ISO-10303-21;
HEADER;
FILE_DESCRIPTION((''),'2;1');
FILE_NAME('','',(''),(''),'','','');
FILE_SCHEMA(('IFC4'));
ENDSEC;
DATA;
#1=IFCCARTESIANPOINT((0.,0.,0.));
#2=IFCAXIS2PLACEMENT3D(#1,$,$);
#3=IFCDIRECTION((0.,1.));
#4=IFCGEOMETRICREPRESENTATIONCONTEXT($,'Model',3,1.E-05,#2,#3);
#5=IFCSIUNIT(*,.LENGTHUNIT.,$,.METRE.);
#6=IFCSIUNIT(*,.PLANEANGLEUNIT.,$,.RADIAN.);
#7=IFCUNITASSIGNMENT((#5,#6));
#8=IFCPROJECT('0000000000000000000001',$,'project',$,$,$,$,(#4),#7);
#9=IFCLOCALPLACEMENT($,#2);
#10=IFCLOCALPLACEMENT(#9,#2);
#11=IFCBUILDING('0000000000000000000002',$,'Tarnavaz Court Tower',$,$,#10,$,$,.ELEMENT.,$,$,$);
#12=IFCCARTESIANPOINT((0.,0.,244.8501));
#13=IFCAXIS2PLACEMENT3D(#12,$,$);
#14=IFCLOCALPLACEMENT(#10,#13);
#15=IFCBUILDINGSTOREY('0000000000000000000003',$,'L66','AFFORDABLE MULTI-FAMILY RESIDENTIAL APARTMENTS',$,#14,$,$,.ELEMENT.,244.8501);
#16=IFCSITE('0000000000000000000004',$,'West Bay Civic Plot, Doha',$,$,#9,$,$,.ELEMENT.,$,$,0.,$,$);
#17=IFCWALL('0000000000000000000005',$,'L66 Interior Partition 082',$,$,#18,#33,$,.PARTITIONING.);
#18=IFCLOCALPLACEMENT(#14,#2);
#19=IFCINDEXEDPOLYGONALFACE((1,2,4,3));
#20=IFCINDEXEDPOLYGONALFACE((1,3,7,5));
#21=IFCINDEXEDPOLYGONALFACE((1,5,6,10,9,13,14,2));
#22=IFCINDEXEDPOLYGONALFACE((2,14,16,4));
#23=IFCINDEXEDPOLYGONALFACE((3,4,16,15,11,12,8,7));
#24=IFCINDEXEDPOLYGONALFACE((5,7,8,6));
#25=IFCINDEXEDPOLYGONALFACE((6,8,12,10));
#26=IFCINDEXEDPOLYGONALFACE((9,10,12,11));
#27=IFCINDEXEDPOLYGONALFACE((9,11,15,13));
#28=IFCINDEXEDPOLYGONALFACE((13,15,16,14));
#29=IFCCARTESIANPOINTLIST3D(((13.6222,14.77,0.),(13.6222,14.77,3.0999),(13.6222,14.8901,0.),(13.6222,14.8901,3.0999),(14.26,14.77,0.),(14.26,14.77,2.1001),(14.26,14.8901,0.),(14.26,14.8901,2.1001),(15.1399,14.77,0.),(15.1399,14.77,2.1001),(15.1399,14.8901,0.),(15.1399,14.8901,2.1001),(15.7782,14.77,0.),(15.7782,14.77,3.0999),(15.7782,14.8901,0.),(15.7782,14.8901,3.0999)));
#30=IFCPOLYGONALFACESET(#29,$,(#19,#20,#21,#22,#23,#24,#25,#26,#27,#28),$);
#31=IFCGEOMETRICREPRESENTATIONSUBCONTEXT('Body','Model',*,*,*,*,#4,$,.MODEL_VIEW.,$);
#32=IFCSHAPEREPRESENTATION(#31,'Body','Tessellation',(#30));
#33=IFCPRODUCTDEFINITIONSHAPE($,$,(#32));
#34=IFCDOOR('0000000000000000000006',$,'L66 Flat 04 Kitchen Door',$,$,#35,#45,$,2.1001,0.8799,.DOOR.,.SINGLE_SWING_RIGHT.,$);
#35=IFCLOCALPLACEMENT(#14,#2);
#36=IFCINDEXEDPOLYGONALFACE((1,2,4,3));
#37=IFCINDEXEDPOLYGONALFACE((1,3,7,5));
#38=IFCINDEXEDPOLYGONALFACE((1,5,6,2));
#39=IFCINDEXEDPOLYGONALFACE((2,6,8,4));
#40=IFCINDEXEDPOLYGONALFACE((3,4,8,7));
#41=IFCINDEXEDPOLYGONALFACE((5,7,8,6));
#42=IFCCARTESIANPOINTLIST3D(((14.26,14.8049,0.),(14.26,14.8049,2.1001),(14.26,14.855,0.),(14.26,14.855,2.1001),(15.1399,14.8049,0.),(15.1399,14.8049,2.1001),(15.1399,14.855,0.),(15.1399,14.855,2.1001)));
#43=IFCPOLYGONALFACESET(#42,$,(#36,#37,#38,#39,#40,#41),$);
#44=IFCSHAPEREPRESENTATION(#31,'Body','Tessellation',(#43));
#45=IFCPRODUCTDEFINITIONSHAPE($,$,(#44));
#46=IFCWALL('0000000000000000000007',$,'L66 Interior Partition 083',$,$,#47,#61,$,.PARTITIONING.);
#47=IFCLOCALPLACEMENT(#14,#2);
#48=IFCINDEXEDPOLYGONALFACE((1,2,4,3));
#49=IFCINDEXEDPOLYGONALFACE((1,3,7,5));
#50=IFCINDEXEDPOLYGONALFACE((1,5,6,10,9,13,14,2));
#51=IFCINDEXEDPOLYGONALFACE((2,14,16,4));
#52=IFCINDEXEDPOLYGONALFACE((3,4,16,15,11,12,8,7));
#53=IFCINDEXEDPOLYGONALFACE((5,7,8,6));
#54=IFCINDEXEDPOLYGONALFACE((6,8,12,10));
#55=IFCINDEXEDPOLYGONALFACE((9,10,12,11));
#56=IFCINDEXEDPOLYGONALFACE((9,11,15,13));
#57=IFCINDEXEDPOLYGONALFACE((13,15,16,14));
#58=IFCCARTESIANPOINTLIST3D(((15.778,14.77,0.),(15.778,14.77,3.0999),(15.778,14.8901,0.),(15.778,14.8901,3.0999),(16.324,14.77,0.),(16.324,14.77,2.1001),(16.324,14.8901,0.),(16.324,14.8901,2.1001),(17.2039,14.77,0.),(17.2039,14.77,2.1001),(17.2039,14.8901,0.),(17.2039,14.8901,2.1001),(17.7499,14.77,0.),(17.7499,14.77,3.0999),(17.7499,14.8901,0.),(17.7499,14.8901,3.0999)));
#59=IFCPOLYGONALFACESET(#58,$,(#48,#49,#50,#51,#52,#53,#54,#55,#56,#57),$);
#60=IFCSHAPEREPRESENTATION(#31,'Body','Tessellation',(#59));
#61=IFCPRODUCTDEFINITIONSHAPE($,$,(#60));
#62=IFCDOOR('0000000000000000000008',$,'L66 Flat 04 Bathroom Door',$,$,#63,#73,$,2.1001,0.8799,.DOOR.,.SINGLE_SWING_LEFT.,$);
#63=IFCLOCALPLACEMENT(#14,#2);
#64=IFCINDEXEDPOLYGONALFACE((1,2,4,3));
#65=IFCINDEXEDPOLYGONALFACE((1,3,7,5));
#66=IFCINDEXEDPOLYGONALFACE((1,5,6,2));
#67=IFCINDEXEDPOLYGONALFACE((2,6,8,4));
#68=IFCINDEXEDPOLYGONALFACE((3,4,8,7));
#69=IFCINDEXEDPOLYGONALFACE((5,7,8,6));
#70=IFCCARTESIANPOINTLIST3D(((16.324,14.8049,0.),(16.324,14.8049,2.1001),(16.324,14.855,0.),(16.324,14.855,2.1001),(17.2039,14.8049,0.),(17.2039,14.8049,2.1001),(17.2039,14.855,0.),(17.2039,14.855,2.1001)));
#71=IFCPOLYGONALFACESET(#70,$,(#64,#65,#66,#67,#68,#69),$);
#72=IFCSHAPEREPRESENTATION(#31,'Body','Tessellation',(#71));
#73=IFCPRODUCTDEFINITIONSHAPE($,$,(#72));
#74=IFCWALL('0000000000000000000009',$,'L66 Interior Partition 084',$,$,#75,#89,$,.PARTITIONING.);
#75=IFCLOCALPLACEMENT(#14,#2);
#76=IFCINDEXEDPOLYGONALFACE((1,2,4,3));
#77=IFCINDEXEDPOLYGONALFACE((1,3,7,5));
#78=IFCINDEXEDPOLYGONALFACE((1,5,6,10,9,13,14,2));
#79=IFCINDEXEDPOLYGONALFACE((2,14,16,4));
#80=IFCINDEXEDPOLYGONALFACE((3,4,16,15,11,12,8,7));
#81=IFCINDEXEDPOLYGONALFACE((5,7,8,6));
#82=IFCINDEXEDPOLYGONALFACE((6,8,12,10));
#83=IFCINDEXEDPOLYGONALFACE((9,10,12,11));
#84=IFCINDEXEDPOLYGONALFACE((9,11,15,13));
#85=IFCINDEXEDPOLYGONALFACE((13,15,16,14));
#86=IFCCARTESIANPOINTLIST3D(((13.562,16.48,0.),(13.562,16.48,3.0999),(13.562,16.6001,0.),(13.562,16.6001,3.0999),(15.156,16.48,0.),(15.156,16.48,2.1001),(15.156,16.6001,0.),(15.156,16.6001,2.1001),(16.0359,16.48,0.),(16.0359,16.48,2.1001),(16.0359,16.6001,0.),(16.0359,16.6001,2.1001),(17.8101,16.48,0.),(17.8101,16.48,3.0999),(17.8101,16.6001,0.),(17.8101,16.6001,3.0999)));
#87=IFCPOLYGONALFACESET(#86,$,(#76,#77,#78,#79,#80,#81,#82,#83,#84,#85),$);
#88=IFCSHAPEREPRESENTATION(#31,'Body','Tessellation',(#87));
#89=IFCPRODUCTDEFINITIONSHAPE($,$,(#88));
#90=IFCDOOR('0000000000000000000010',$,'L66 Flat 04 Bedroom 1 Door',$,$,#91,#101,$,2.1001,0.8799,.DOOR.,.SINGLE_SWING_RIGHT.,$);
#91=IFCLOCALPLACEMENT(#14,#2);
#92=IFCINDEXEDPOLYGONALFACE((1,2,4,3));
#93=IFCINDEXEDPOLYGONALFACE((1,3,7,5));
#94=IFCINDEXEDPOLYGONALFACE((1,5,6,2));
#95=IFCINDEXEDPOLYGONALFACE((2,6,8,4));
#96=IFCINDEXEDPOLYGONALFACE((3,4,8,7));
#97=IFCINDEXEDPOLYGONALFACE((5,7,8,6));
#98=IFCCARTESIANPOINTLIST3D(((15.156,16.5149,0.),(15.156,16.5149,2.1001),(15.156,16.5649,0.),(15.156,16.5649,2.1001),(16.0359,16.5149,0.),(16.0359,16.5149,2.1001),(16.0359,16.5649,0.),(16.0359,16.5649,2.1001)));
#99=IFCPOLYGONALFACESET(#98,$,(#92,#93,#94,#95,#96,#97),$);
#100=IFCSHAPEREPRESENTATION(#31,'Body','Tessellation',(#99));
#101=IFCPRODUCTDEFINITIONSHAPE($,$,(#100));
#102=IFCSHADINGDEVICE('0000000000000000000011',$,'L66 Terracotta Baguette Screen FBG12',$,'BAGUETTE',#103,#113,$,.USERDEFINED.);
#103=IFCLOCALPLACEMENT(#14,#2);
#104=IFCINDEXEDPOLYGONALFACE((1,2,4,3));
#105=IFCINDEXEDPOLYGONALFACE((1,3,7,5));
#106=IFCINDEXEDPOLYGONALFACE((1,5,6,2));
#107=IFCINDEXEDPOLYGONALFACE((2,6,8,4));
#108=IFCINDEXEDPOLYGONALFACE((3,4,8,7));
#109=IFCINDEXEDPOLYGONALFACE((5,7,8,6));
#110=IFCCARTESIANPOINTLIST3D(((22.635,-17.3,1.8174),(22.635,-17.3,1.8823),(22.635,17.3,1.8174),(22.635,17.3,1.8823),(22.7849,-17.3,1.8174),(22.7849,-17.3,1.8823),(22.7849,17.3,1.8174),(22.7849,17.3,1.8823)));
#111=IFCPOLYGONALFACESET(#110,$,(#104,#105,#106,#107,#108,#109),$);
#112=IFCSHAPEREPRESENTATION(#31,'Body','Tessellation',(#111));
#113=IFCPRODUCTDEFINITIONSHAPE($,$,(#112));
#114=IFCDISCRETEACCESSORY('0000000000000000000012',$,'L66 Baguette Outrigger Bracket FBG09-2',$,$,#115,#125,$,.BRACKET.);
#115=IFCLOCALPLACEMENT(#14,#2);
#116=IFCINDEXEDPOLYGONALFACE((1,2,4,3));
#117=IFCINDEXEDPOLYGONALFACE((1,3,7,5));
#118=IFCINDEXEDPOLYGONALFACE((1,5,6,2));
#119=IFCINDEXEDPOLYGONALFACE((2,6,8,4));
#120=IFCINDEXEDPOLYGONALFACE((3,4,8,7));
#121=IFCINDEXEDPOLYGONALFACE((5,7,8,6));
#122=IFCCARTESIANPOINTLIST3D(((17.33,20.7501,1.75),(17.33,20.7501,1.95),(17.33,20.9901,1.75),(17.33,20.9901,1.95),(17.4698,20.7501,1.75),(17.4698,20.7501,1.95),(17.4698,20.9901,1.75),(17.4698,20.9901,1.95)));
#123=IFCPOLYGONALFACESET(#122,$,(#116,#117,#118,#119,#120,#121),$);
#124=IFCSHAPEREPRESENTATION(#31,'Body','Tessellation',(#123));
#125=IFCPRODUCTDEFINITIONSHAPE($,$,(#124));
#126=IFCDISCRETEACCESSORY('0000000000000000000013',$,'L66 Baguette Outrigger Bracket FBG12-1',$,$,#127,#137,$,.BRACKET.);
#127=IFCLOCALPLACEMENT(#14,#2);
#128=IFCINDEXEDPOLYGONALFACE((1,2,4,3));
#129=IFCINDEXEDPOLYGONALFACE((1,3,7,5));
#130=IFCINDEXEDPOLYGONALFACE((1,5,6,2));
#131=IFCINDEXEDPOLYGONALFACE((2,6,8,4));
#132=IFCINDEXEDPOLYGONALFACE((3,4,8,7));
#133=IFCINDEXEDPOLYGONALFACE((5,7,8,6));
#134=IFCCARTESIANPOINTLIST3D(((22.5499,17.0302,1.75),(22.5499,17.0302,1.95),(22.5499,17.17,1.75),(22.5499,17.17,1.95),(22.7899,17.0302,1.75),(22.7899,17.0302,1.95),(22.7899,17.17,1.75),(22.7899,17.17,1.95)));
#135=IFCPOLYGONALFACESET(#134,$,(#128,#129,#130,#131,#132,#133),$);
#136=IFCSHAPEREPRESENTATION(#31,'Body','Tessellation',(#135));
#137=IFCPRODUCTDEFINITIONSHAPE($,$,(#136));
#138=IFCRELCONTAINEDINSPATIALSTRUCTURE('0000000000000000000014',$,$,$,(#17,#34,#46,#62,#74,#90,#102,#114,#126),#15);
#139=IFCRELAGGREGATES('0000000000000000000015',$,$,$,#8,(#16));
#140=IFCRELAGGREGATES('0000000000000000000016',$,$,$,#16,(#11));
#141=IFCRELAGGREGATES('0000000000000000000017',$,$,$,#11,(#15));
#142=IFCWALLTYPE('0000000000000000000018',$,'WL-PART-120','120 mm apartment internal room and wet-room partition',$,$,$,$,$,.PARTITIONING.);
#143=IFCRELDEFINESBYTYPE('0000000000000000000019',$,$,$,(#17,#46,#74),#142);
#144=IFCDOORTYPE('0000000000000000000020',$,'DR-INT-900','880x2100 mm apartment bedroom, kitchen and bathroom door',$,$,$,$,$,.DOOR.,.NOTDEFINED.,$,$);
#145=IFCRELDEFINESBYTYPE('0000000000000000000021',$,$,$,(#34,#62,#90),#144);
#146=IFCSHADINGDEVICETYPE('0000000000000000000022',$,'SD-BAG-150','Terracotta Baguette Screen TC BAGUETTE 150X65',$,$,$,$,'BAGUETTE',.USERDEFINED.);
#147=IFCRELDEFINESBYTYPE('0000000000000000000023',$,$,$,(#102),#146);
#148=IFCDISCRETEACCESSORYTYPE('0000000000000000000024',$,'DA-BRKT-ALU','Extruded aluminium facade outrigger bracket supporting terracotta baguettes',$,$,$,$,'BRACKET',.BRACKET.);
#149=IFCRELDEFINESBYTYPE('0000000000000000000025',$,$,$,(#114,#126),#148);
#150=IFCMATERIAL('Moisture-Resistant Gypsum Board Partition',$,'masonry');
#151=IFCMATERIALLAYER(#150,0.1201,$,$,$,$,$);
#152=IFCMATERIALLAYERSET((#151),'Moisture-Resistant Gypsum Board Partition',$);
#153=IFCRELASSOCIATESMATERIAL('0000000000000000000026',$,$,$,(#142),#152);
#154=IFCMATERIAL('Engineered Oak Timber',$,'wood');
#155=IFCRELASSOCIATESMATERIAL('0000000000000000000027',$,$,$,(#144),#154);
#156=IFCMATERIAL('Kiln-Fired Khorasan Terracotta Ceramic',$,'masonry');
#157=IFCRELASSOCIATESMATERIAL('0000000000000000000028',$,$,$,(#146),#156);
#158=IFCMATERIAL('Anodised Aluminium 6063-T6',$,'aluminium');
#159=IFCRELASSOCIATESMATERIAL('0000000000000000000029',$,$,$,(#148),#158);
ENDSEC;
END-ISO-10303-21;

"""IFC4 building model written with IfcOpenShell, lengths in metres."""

from ifc_helpers import new_model, si_unit, direction, frame, frame_2d, origin, origin_2d, place, context, subcontext, project, spatial, rectangle, extrude, material, layer, layer_set, material_profile, profile_set, type_object, element, fill, save


model = new_model("IFC4")

# Units and contexts
model_context = context("Model", 3, precision=1e-05, world=origin(), true_north=direction((0.0, 1.0)))
body_context = subcontext(model_context, "Body", "Model", "MODEL_VIEW")
ifc_project = project(units=[si_unit("LENGTHUNIT", "METRE"), si_unit("PLANEANGLEUNIT", "RADIAN")], contexts=[model_context])

# Site, building, storey
site_placement = place(None, origin())
site = spatial("IfcSite", under=ifc_project, at=site_placement, Name="West Bay Civic Plot, Doha", CompositionType="ELEMENT", RefElevation=0.0)
building_placement = place(site_placement, origin())
building = spatial("IfcBuilding", under=site, at=building_placement, Name="Tarnavaz Court Tower", CompositionType="ELEMENT")
storey_placement = place(building_placement, frame((0.0, 0.0, 244.8501)))
storey = spatial("IfcBuildingStorey", under=building, at=storey_placement, Name="L66", Description="AFFORDABLE MULTI-FAMILY RESIDENTIAL APARTMENTS", CompositionType="ELEMENT", Elevation=244.8501)

# Walls, openings, doors
ifc_material_1 = material(Name="Moisture-Resistant Gypsum Board Partition", Category="masonry")
ifc_layer_1 = layer(ifc_material_1, 0.1201)
ifc_layer_set_1 = layer_set([ifc_layer_1], Name="Moisture-Resistant Gypsum Board Partition")
wall_type_1 = type_object("IfcWallType", Name="WL-PART-120", Description="120 mm apartment internal room and wet-room partition", PredefinedType="PARTITIONING", material=ifc_layer_set_1)
wall_1_placement = place(storey_placement, frame((13.6221, 14.8301, 0.0), z_axis=(0.0, 0.0, 1.0), x_axis=(1.0, 0.0, 0.0)))
wall_1 = element("IfcWall", 1, at=wall_1_placement, inside=storey, type_object=wall_type_1, Name="L66 Interior Partition 082", PredefinedType="PARTITIONING", context=body_context, shape_type="SweptSolid", body=[
    extrude(rectangle(XDim=2.156, YDim=0.1201, at=frame_2d((1.0781, 0.0))), origin(), (0.0, 0.0, 1.0), 3.0999),
])
opening_1_placement = place(wall_1_placement, frame((0.6379, 0.0, 0.0)))
opening_1 = element("IfcOpeningElement", 2, at=opening_1_placement, cuts=wall_1, PredefinedType="OPENING", context=body_context, shape_type="SweptSolid", body=[
    extrude(rectangle(XDim=0.8799, YDim=2.1001, at=frame_2d((0.4399, 1.05))), frame((0.0, 0.0701, 0.0), z_axis=(0.0, -1.0, 0.0), x_axis=(1.0, 0.0, 0.0)), (0.0, 0.0, 1.0), 0.1401),
])
ifc_material_2 = material(Name="Engineered Oak Timber", Category="wood")
door_type = type_object("IfcDoorType", Name="DR-INT-900", Description="880x2100 mm apartment bedroom, kitchen and bathroom door", OperationType="NOTDEFINED", PredefinedType="DOOR", material=ifc_material_2)
door_1_placement = place(opening_1_placement, origin())
door_1 = element("IfcDoor", 3, at=door_1_placement, inside=storey, type_object=door_type, Name="L66 Flat 04 Kitchen Door", OperationType="SINGLE_SWING_RIGHT", OverallHeight=2.1001, OverallWidth=0.8799, PredefinedType="DOOR", context=body_context, shape_type="SweptSolid", body=[
    extrude(rectangle(XDim=0.8799, YDim=2.1001, at=frame_2d((0.4399, 1.05))), frame((0.0, 0.0249, 0.0), z_axis=(0.0, -1.0, 0.0), x_axis=(1.0, 0.0, 0.0)), (0.0, 0.0, 1.0), 0.05),
])
fill(opening_1, door_1)
wall_2_placement = place(storey_placement, frame((15.7781, 14.8301, 0.0), z_axis=(0.0, 0.0, 1.0), x_axis=(1.0, 0.0, 0.0)))
wall_2 = element("IfcWall", 4, at=wall_2_placement, inside=storey, type_object=wall_type_1, Name="L66 Interior Partition 083", PredefinedType="PARTITIONING", context=body_context, shape_type="SweptSolid", body=[
    extrude(rectangle(XDim=1.9719, YDim=0.1201, at=frame_2d((0.9858, 0.0))), origin(), (0.0, 0.0, 1.0), 3.0999),
])
opening_2_placement = place(wall_2_placement, frame((0.5459, 0.0, 0.0)))
opening_2 = element("IfcOpeningElement", 5, at=opening_2_placement, cuts=wall_2, PredefinedType="OPENING", context=body_context, shape_type="SweptSolid", body=[
    extrude(rectangle(XDim=0.8799, YDim=2.1001, at=frame_2d((0.4399, 1.05))), frame((0.0, 0.0701, 0.0), z_axis=(0.0, -1.0, 0.0), x_axis=(1.0, 0.0, 0.0)), (0.0, 0.0, 1.0), 0.1401),
])
door_2_placement = place(opening_2_placement, origin())
door_2 = element("IfcDoor", 6, at=door_2_placement, inside=storey, type_object=door_type, Name="L66 Flat 04 Bathroom Door", OperationType="SINGLE_SWING_LEFT", OverallHeight=2.1001, OverallWidth=0.8799, PredefinedType="DOOR", context=body_context, shape_type="SweptSolid", body=[
    extrude(rectangle(XDim=0.8799, YDim=2.1001, at=frame_2d((0.4399, 1.05))), frame((0.0, 0.0249, 0.0), z_axis=(0.0, -1.0, 0.0), x_axis=(1.0, 0.0, 0.0)), (0.0, 0.0, 1.0), 0.05),
])
fill(opening_2, door_2)
wall_3_placement = place(storey_placement, frame((13.562, 16.54, 0.0), z_axis=(0.0, 0.0, 1.0), x_axis=(1.0, 0.0, 0.0)))
wall_3 = element("IfcWall", 7, at=wall_3_placement, inside=storey, type_object=wall_type_1, Name="L66 Interior Partition 084", PredefinedType="PARTITIONING", context=body_context, shape_type="SweptSolid", body=[
    extrude(rectangle(XDim=4.248, YDim=0.1201, at=frame_2d((2.124, 0.0))), origin(), (0.0, 0.0, 1.0), 3.0999),
])
opening_3_placement = place(wall_3_placement, frame((1.594, 0.0, 0.0)))
opening_3 = element("IfcOpeningElement", 8, at=opening_3_placement, cuts=wall_3, PredefinedType="OPENING", context=body_context, shape_type="SweptSolid", body=[
    extrude(rectangle(XDim=0.8799, YDim=2.1001, at=frame_2d((0.4399, 1.05))), frame((0.0, 0.0701, 0.0), z_axis=(0.0, -1.0, 0.0), x_axis=(1.0, 0.0, 0.0)), (0.0, 0.0, 1.0), 0.1401),
])
door_3_placement = place(opening_3_placement, origin())
door_3 = element("IfcDoor", 9, at=door_3_placement, inside=storey, type_object=door_type, Name="L66 Flat 04 Bedroom 1 Door", OperationType="SINGLE_SWING_RIGHT", OverallHeight=2.1001, OverallWidth=0.8799, PredefinedType="DOOR", context=body_context, shape_type="SweptSolid", body=[
    extrude(rectangle(XDim=0.8799, YDim=2.1001, at=frame_2d((0.4399, 1.05))), frame((0.0, 0.0249, 0.0), z_axis=(0.0, -1.0, 0.0), x_axis=(1.0, 0.0, 0.0)), (0.0, 0.0, 1.0), 0.05),
])
fill(opening_3, door_3)

# Shading device
ifc_material_3 = material(Name="Kiln-Fired Khorasan Terracotta Ceramic", Category="masonry")
ifc_material_profile_1 = material_profile(ifc_material_3, rectangle(XDim=0.1499, YDim=0.0649, at=origin_2d()), Name="TC BAGUETTE 150X65")
ifc_profile_set_1 = profile_set([ifc_material_profile_1], Name="Kiln-Fired Khorasan Terracotta Ceramic")
shading_device_type = type_object("IfcShadingDeviceType", Name="SD-BAG-150", Description="Terracotta Baguette Screen TC BAGUETTE 150X65", ElementType="BAGUETTE", PredefinedType="USERDEFINED", material=ifc_profile_set_1)
shading_device_placement = place(storey_placement, frame((22.71, 17.3, 1.8499), z_axis=(0.0, -1.0, 0.0), x_axis=(1.0, 0.0, 0.0)))
element("IfcShadingDevice", 10, at=shading_device_placement, inside=storey, type_object=shading_device_type, Name="L66 Terracotta Baguette Screen FBG12", ObjectType="BAGUETTE", PredefinedType="USERDEFINED", context=body_context, shape_type="SweptSolid", body=[
    extrude(rectangle(XDim=0.1499, YDim=0.0649, at=origin_2d()), origin(), (0.0, 0.0, 1.0), 34.6001),
])

# Discrete accessories
ifc_material_4 = material(Name="Anodised Aluminium 6063-T6", Category="aluminium")
discrete_accessory_type = type_object("IfcDiscreteAccessoryType", Name="DA-BRKT-ALU", Description="Extruded aluminium facade outrigger bracket supporting terracotta baguettes", ElementType="BRACKET", PredefinedType="BRACKET", material=ifc_material_4)
for number, where, z_axis, x_axis, name in (
    (11, (17.3999, 20.8701, 1.75), (0.0, 0.0, 1.0), (1.0, 0.0, 0.0), "L66 Baguette Outrigger Bracket FBG09-2"),
    (12, (22.6699, 17.1001, 1.75), (0.0, 0.0, 1.0), (0.0, -1.0, 0.0), "L66 Baguette Outrigger Bracket FBG12-1"),
):
    element("IfcDiscreteAccessory", number, at=place(storey_placement, frame(where, z_axis=z_axis, x_axis=x_axis)), inside=storey, type_object=discrete_accessory_type, Name=name, PredefinedType="BRACKET", context=body_context, shape_type="SweptSolid", body=[
        extrude(rectangle(XDim=0.1399, YDim=0.24, at=origin_2d()), origin(), (0.0, 0.0, 1.0), 0.2),
    ])

save(model, "model.ifc")
